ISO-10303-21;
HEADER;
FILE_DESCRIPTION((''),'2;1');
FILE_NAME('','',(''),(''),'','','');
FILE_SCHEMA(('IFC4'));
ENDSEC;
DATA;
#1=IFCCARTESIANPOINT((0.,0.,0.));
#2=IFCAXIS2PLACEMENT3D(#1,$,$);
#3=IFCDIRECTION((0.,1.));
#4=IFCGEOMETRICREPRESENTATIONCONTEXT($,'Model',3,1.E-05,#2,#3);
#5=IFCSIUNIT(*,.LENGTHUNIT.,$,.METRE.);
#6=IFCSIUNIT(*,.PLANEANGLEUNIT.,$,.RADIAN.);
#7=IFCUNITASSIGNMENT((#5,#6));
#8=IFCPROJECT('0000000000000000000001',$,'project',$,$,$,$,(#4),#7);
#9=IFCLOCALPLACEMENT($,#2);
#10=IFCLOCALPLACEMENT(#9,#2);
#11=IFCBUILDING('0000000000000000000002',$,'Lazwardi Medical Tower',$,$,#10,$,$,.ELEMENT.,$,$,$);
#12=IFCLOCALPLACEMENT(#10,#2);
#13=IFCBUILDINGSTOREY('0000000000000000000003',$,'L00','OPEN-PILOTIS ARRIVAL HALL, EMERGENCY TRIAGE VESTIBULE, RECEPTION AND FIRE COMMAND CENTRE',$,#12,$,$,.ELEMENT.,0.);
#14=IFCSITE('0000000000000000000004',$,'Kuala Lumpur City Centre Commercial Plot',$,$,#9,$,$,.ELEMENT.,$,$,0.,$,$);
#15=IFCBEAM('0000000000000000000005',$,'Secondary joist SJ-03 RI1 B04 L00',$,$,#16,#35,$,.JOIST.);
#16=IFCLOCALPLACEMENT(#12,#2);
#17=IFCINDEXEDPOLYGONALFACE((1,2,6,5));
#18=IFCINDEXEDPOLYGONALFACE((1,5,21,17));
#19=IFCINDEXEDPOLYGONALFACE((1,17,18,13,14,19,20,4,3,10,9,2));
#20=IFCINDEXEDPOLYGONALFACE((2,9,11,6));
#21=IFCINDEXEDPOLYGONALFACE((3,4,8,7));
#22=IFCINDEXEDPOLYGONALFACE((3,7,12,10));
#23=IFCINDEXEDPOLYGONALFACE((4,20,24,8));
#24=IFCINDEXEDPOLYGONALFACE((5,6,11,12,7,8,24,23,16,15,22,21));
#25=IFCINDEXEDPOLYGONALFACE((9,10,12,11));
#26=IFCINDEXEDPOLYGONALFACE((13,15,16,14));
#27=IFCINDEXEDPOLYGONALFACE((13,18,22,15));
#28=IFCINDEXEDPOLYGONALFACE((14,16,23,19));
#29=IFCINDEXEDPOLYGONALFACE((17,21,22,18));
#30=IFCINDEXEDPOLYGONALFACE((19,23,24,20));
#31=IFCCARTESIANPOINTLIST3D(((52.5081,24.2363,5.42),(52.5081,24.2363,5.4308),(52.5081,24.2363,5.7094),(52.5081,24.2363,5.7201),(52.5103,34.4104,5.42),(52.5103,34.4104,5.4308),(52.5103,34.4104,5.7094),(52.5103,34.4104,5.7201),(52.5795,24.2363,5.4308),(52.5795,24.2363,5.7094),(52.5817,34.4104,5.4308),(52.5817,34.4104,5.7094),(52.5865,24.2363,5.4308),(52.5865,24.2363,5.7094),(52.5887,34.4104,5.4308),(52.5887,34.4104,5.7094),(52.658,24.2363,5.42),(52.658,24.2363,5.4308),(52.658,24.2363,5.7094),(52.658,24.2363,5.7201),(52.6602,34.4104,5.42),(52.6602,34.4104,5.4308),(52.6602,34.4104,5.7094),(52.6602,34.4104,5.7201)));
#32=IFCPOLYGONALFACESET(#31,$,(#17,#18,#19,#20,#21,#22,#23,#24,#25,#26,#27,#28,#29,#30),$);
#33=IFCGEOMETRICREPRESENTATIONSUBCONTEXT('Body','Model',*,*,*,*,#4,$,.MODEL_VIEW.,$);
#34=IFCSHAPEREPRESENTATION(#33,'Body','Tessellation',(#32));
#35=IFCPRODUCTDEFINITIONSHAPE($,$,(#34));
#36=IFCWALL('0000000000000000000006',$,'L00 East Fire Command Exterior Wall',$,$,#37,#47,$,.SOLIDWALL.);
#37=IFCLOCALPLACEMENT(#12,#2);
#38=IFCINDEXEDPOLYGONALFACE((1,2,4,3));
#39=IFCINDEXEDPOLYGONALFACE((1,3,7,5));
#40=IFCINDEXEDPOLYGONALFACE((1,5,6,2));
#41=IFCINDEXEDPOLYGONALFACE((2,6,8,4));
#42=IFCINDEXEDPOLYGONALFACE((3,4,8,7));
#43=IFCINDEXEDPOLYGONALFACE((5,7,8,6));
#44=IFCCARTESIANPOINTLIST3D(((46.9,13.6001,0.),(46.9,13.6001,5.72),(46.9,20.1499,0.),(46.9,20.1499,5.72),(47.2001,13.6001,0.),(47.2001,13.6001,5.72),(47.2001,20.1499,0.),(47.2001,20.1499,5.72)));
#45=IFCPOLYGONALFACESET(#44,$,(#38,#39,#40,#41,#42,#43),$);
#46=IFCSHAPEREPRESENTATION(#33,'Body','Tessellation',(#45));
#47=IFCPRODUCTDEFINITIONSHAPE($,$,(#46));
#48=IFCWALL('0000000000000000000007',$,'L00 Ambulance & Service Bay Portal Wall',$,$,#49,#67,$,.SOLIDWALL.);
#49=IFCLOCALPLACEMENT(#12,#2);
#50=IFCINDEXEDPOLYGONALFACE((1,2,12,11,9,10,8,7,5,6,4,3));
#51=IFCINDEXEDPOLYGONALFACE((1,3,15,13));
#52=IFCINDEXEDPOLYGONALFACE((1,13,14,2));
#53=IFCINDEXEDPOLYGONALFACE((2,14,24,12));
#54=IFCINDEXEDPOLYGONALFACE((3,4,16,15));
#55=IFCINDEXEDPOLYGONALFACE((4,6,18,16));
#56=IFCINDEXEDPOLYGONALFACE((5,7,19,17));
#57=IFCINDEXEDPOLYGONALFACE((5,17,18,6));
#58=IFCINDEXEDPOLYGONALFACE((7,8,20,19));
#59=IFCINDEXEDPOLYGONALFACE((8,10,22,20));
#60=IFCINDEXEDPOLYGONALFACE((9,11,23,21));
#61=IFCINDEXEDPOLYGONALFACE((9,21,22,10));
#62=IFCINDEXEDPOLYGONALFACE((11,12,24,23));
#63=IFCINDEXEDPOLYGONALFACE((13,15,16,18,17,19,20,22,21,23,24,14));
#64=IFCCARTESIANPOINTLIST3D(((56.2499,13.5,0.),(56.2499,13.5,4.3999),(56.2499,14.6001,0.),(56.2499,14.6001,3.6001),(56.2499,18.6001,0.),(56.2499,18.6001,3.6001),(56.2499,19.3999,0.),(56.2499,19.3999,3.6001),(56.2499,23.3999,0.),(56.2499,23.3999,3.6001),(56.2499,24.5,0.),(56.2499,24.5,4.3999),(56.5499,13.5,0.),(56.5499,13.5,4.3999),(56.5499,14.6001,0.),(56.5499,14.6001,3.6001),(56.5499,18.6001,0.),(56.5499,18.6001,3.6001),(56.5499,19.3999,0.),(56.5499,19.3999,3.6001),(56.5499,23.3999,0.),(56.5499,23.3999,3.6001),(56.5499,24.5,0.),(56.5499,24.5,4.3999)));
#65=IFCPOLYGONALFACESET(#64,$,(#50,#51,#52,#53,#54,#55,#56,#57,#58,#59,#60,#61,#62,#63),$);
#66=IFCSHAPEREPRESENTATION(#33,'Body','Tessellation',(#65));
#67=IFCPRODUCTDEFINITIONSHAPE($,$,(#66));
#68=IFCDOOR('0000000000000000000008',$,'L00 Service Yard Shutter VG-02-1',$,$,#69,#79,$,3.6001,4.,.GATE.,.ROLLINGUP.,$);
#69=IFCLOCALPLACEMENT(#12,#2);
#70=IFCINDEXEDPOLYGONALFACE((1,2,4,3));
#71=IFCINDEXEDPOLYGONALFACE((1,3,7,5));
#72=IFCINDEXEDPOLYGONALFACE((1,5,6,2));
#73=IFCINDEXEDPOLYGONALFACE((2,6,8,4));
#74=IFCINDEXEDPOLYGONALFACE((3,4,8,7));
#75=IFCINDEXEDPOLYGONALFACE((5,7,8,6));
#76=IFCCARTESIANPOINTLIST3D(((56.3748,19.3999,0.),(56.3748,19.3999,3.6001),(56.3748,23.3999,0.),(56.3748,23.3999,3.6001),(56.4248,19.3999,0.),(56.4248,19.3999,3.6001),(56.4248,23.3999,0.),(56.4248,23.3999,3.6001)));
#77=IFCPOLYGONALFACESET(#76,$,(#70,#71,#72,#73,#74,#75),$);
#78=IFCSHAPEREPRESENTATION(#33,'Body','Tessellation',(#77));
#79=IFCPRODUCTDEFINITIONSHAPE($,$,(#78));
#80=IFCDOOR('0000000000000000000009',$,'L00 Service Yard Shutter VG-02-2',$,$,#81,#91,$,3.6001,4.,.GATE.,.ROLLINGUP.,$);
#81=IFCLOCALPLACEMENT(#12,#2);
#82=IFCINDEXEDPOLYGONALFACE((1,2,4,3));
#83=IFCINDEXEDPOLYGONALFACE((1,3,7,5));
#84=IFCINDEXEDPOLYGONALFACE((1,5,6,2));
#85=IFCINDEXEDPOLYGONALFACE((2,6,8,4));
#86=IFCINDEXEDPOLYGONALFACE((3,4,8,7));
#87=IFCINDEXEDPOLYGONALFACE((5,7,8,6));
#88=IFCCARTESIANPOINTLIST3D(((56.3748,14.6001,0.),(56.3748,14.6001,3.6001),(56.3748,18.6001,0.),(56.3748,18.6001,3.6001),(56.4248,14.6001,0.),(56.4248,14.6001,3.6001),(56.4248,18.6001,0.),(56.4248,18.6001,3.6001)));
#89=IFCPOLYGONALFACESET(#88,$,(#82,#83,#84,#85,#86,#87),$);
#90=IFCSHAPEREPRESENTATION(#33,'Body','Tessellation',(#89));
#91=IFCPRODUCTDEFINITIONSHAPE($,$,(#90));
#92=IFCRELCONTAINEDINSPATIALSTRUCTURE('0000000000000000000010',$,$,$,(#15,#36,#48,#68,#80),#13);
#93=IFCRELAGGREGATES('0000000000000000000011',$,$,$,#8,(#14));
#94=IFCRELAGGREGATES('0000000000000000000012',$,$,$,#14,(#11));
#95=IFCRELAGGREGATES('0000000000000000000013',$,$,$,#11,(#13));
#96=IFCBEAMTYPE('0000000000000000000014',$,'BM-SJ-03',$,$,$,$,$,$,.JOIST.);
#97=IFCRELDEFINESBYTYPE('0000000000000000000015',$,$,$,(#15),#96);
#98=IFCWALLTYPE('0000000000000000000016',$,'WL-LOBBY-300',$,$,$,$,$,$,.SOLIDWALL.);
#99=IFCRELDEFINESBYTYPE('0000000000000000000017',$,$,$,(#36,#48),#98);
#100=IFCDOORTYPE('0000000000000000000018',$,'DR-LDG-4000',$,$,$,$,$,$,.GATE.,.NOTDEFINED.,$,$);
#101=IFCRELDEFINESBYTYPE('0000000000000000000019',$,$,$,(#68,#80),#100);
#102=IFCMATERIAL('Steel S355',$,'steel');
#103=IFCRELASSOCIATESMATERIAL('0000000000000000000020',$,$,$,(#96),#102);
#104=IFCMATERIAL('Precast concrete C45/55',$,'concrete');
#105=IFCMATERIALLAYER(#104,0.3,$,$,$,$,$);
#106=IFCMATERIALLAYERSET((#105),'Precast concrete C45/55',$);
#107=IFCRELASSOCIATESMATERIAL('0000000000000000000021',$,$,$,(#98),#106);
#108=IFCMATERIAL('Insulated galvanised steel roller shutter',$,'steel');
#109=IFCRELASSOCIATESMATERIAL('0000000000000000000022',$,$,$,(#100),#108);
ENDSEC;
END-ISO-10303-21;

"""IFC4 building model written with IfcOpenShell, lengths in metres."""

from ifc_helpers import new_model, si_unit, direction, frame, frame_2d, origin, origin_2d, place, context, subcontext, project, spatial, rectangle, i_section, extrude, material, layer, layer_set, material_profile, profile_set, type_object, element, fill, save


model = new_model("IFC4")

# Units and contexts
model_context = context("Model", 3, precision=1e-05, world=origin(), true_north=direction((0.0, 1.0)))
body_context = subcontext(model_context, "Body", "Model", "MODEL_VIEW")
ifc_project = project(units=[si_unit("LENGTHUNIT", "METRE"), si_unit("PLANEANGLEUNIT", "RADIAN")], contexts=[model_context])

# Site, building, storey
site_placement = place(None, origin())
site = spatial("IfcSite", under=ifc_project, at=site_placement, Name="Kuala Lumpur City Centre Commercial Plot", CompositionType="ELEMENT", RefElevation=0.0)
building_placement = place(site_placement, origin())
building = spatial("IfcBuilding", under=site, at=building_placement, Name="Lazwardi Medical Tower", CompositionType="ELEMENT")
storey_placement = place(building_placement, origin())
storey = spatial("IfcBuildingStorey", under=building, at=storey_placement, Name="L00", Description="OPEN-PILOTIS ARRIVAL HALL, EMERGENCY TRIAGE VESTIBULE, RECEPTION AND FIRE COMMAND CENTRE", CompositionType="ELEMENT", Elevation=0.0)

# Beam
ifc_material_1 = material(Name="Steel S355", Category="steel")
ifc_material_profile_1 = material_profile(ifc_material_1, i_section(OverallWidth=0.1499, OverallDepth=0.3, WebThickness=0.0071, FlangeThickness=0.0107, at=origin_2d()), Name="IPE 300")
ifc_profile_set_1 = profile_set([ifc_material_profile_1], Name="Steel S355")
beam_type_1 = type_object("IfcBeamType", Name="BM-SJ-03", PredefinedType="JOIST", material=ifc_profile_set_1)
beam_1_placement = place(storey_placement, frame((52.583, 24.2363, 5.5701), z_axis=(0.000216, 1.0, 0.0), x_axis=(-1.0, 0.000216, 0.0)))
element("IfcBeam", 1, at=beam_1_placement, inside=storey, type_object=beam_type_1, Name="Secondary joist SJ-03 RI1 B04 L00", PredefinedType="JOIST", context=body_context, shape_type="SweptSolid", body=[
    extrude(i_section(OverallWidth=0.1499, OverallDepth=0.3, WebThickness=0.0071, FlangeThickness=0.0107, at=origin_2d()), origin(), (0.0, 0.0, 1.0), 10.1741),
])

# Wall
ifc_material_2 = material(Name="Precast concrete C45/55", Category="concrete")
ifc_layer = layer(ifc_material_2, 0.3)
ifc_layer_set = layer_set([ifc_layer], Name="Precast concrete C45/55")
wall_type = type_object("IfcWallType", Name="WL-LOBBY-300", PredefinedType="SOLIDWALL", material=ifc_layer_set)
wall_1_placement = place(storey_placement, frame((47.05, 20.1499, 0.0), z_axis=(0.0, 0.0, 1.0), x_axis=(0.0, -1.0, 0.0)))
element("IfcWall", 2, at=wall_1_placement, inside=storey, type_object=wall_type, Name="L00 East Fire Command Exterior Wall", PredefinedType="SOLIDWALL", context=body_context, shape_type="SweptSolid", body=[
    extrude(rectangle(XDim=6.5498, YDim=0.3, at=frame_2d((3.2749, 0.0))), origin(), (0.0, 0.0, 1.0), 5.72),
])

# Wall, openings, doors
wall_2_placement = place(storey_placement, frame((56.3999, 24.5, 0.0), z_axis=(0.0, 0.0, 1.0), x_axis=(0.0, -1.0, 0.0)))
wall_2 = element("IfcWall", 3, at=wall_2_placement, inside=storey, type_object=wall_type, Name="L00 Ambulance & Service Bay Portal Wall", PredefinedType="SOLIDWALL", context=body_context, shape_type="SweptSolid", body=[
    extrude(rectangle(XDim=11.0, YDim=0.3, at=frame_2d((5.5, 0.0))), origin(), (0.0, 0.0, 1.0), 4.3999),
])
opening_1_placement = place(wall_2_placement, frame((1.1001, 0.0, 0.0)))
opening_1 = element("IfcOpeningElement", 4, at=opening_1_placement, cuts=wall_2, PredefinedType="OPENING", context=body_context, shape_type="SweptSolid", body=[
    extrude(rectangle(XDim=4.0, YDim=3.6001, at=frame_2d((2.0, 1.8))), frame((0.0, 0.1599, 0.0), z_axis=(0.0, -1.0, 0.0), x_axis=(1.0, 0.0, 0.0)), (0.0, 0.0, 1.0), 0.3201),
])
opening_2_placement = place(wall_2_placement, frame((5.8999, 0.0, 0.0)))
opening_2 = element("IfcOpeningElement", 5, at=opening_2_placement, cuts=wall_2, PredefinedType="OPENING", context=body_context, shape_type="SweptSolid", body=[
    extrude(rectangle(XDim=4.0, YDim=3.6001, at=frame_2d((2.0, 1.8))), frame((0.0, 0.1599, 0.0), z_axis=(0.0, -1.0, 0.0), x_axis=(1.0, 0.0, 0.0)), (0.0, 0.0, 1.0), 0.3201),
])
ifc_material_3 = material(Name="Insulated galvanised steel roller shutter", Category="steel")
door_type = type_object("IfcDoorType", Name="DR-LDG-4000", OperationType="NOTDEFINED", PredefinedType="GATE", material=ifc_material_3)
door_1_placement = place(opening_1_placement, origin())
door_1 = element("IfcDoor", 6, at=door_1_placement, inside=storey, type_object=door_type, Name="L00 Service Yard Shutter VG-02-1", OperationType="ROLLINGUP", OverallHeight=3.6001, OverallWidth=4.0, PredefinedType="GATE", context=body_context, shape_type="SweptSolid", body=[
    extrude(rectangle(XDim=4.0, YDim=3.6001, at=frame_2d((2.0, 1.8))), frame((0.0, 0.0249, 0.0), z_axis=(0.0, -1.0, 0.0), x_axis=(1.0, 0.0, 0.0)), (0.0, 0.0, 1.0), 0.05),
])
fill(opening_1, door_1)
door_2_placement = place(opening_2_placement, origin())
door_2 = element("IfcDoor", 7, at=door_2_placement, inside=storey, type_object=door_type, Name="L00 Service Yard Shutter VG-02-2", OperationType="ROLLINGUP", OverallHeight=3.6001, OverallWidth=4.0, PredefinedType="GATE", context=body_context, shape_type="SweptSolid", body=[
    extrude(rectangle(XDim=4.0, YDim=3.6001, at=frame_2d((2.0, 1.8))), frame((0.0, 0.0249, 0.0), z_axis=(0.0, -1.0, 0.0), x_axis=(1.0, 0.0, 0.0)), (0.0, 0.0, 1.0), 0.05),
])
fill(opening_2, door_2)

save(model, "model.ifc")
